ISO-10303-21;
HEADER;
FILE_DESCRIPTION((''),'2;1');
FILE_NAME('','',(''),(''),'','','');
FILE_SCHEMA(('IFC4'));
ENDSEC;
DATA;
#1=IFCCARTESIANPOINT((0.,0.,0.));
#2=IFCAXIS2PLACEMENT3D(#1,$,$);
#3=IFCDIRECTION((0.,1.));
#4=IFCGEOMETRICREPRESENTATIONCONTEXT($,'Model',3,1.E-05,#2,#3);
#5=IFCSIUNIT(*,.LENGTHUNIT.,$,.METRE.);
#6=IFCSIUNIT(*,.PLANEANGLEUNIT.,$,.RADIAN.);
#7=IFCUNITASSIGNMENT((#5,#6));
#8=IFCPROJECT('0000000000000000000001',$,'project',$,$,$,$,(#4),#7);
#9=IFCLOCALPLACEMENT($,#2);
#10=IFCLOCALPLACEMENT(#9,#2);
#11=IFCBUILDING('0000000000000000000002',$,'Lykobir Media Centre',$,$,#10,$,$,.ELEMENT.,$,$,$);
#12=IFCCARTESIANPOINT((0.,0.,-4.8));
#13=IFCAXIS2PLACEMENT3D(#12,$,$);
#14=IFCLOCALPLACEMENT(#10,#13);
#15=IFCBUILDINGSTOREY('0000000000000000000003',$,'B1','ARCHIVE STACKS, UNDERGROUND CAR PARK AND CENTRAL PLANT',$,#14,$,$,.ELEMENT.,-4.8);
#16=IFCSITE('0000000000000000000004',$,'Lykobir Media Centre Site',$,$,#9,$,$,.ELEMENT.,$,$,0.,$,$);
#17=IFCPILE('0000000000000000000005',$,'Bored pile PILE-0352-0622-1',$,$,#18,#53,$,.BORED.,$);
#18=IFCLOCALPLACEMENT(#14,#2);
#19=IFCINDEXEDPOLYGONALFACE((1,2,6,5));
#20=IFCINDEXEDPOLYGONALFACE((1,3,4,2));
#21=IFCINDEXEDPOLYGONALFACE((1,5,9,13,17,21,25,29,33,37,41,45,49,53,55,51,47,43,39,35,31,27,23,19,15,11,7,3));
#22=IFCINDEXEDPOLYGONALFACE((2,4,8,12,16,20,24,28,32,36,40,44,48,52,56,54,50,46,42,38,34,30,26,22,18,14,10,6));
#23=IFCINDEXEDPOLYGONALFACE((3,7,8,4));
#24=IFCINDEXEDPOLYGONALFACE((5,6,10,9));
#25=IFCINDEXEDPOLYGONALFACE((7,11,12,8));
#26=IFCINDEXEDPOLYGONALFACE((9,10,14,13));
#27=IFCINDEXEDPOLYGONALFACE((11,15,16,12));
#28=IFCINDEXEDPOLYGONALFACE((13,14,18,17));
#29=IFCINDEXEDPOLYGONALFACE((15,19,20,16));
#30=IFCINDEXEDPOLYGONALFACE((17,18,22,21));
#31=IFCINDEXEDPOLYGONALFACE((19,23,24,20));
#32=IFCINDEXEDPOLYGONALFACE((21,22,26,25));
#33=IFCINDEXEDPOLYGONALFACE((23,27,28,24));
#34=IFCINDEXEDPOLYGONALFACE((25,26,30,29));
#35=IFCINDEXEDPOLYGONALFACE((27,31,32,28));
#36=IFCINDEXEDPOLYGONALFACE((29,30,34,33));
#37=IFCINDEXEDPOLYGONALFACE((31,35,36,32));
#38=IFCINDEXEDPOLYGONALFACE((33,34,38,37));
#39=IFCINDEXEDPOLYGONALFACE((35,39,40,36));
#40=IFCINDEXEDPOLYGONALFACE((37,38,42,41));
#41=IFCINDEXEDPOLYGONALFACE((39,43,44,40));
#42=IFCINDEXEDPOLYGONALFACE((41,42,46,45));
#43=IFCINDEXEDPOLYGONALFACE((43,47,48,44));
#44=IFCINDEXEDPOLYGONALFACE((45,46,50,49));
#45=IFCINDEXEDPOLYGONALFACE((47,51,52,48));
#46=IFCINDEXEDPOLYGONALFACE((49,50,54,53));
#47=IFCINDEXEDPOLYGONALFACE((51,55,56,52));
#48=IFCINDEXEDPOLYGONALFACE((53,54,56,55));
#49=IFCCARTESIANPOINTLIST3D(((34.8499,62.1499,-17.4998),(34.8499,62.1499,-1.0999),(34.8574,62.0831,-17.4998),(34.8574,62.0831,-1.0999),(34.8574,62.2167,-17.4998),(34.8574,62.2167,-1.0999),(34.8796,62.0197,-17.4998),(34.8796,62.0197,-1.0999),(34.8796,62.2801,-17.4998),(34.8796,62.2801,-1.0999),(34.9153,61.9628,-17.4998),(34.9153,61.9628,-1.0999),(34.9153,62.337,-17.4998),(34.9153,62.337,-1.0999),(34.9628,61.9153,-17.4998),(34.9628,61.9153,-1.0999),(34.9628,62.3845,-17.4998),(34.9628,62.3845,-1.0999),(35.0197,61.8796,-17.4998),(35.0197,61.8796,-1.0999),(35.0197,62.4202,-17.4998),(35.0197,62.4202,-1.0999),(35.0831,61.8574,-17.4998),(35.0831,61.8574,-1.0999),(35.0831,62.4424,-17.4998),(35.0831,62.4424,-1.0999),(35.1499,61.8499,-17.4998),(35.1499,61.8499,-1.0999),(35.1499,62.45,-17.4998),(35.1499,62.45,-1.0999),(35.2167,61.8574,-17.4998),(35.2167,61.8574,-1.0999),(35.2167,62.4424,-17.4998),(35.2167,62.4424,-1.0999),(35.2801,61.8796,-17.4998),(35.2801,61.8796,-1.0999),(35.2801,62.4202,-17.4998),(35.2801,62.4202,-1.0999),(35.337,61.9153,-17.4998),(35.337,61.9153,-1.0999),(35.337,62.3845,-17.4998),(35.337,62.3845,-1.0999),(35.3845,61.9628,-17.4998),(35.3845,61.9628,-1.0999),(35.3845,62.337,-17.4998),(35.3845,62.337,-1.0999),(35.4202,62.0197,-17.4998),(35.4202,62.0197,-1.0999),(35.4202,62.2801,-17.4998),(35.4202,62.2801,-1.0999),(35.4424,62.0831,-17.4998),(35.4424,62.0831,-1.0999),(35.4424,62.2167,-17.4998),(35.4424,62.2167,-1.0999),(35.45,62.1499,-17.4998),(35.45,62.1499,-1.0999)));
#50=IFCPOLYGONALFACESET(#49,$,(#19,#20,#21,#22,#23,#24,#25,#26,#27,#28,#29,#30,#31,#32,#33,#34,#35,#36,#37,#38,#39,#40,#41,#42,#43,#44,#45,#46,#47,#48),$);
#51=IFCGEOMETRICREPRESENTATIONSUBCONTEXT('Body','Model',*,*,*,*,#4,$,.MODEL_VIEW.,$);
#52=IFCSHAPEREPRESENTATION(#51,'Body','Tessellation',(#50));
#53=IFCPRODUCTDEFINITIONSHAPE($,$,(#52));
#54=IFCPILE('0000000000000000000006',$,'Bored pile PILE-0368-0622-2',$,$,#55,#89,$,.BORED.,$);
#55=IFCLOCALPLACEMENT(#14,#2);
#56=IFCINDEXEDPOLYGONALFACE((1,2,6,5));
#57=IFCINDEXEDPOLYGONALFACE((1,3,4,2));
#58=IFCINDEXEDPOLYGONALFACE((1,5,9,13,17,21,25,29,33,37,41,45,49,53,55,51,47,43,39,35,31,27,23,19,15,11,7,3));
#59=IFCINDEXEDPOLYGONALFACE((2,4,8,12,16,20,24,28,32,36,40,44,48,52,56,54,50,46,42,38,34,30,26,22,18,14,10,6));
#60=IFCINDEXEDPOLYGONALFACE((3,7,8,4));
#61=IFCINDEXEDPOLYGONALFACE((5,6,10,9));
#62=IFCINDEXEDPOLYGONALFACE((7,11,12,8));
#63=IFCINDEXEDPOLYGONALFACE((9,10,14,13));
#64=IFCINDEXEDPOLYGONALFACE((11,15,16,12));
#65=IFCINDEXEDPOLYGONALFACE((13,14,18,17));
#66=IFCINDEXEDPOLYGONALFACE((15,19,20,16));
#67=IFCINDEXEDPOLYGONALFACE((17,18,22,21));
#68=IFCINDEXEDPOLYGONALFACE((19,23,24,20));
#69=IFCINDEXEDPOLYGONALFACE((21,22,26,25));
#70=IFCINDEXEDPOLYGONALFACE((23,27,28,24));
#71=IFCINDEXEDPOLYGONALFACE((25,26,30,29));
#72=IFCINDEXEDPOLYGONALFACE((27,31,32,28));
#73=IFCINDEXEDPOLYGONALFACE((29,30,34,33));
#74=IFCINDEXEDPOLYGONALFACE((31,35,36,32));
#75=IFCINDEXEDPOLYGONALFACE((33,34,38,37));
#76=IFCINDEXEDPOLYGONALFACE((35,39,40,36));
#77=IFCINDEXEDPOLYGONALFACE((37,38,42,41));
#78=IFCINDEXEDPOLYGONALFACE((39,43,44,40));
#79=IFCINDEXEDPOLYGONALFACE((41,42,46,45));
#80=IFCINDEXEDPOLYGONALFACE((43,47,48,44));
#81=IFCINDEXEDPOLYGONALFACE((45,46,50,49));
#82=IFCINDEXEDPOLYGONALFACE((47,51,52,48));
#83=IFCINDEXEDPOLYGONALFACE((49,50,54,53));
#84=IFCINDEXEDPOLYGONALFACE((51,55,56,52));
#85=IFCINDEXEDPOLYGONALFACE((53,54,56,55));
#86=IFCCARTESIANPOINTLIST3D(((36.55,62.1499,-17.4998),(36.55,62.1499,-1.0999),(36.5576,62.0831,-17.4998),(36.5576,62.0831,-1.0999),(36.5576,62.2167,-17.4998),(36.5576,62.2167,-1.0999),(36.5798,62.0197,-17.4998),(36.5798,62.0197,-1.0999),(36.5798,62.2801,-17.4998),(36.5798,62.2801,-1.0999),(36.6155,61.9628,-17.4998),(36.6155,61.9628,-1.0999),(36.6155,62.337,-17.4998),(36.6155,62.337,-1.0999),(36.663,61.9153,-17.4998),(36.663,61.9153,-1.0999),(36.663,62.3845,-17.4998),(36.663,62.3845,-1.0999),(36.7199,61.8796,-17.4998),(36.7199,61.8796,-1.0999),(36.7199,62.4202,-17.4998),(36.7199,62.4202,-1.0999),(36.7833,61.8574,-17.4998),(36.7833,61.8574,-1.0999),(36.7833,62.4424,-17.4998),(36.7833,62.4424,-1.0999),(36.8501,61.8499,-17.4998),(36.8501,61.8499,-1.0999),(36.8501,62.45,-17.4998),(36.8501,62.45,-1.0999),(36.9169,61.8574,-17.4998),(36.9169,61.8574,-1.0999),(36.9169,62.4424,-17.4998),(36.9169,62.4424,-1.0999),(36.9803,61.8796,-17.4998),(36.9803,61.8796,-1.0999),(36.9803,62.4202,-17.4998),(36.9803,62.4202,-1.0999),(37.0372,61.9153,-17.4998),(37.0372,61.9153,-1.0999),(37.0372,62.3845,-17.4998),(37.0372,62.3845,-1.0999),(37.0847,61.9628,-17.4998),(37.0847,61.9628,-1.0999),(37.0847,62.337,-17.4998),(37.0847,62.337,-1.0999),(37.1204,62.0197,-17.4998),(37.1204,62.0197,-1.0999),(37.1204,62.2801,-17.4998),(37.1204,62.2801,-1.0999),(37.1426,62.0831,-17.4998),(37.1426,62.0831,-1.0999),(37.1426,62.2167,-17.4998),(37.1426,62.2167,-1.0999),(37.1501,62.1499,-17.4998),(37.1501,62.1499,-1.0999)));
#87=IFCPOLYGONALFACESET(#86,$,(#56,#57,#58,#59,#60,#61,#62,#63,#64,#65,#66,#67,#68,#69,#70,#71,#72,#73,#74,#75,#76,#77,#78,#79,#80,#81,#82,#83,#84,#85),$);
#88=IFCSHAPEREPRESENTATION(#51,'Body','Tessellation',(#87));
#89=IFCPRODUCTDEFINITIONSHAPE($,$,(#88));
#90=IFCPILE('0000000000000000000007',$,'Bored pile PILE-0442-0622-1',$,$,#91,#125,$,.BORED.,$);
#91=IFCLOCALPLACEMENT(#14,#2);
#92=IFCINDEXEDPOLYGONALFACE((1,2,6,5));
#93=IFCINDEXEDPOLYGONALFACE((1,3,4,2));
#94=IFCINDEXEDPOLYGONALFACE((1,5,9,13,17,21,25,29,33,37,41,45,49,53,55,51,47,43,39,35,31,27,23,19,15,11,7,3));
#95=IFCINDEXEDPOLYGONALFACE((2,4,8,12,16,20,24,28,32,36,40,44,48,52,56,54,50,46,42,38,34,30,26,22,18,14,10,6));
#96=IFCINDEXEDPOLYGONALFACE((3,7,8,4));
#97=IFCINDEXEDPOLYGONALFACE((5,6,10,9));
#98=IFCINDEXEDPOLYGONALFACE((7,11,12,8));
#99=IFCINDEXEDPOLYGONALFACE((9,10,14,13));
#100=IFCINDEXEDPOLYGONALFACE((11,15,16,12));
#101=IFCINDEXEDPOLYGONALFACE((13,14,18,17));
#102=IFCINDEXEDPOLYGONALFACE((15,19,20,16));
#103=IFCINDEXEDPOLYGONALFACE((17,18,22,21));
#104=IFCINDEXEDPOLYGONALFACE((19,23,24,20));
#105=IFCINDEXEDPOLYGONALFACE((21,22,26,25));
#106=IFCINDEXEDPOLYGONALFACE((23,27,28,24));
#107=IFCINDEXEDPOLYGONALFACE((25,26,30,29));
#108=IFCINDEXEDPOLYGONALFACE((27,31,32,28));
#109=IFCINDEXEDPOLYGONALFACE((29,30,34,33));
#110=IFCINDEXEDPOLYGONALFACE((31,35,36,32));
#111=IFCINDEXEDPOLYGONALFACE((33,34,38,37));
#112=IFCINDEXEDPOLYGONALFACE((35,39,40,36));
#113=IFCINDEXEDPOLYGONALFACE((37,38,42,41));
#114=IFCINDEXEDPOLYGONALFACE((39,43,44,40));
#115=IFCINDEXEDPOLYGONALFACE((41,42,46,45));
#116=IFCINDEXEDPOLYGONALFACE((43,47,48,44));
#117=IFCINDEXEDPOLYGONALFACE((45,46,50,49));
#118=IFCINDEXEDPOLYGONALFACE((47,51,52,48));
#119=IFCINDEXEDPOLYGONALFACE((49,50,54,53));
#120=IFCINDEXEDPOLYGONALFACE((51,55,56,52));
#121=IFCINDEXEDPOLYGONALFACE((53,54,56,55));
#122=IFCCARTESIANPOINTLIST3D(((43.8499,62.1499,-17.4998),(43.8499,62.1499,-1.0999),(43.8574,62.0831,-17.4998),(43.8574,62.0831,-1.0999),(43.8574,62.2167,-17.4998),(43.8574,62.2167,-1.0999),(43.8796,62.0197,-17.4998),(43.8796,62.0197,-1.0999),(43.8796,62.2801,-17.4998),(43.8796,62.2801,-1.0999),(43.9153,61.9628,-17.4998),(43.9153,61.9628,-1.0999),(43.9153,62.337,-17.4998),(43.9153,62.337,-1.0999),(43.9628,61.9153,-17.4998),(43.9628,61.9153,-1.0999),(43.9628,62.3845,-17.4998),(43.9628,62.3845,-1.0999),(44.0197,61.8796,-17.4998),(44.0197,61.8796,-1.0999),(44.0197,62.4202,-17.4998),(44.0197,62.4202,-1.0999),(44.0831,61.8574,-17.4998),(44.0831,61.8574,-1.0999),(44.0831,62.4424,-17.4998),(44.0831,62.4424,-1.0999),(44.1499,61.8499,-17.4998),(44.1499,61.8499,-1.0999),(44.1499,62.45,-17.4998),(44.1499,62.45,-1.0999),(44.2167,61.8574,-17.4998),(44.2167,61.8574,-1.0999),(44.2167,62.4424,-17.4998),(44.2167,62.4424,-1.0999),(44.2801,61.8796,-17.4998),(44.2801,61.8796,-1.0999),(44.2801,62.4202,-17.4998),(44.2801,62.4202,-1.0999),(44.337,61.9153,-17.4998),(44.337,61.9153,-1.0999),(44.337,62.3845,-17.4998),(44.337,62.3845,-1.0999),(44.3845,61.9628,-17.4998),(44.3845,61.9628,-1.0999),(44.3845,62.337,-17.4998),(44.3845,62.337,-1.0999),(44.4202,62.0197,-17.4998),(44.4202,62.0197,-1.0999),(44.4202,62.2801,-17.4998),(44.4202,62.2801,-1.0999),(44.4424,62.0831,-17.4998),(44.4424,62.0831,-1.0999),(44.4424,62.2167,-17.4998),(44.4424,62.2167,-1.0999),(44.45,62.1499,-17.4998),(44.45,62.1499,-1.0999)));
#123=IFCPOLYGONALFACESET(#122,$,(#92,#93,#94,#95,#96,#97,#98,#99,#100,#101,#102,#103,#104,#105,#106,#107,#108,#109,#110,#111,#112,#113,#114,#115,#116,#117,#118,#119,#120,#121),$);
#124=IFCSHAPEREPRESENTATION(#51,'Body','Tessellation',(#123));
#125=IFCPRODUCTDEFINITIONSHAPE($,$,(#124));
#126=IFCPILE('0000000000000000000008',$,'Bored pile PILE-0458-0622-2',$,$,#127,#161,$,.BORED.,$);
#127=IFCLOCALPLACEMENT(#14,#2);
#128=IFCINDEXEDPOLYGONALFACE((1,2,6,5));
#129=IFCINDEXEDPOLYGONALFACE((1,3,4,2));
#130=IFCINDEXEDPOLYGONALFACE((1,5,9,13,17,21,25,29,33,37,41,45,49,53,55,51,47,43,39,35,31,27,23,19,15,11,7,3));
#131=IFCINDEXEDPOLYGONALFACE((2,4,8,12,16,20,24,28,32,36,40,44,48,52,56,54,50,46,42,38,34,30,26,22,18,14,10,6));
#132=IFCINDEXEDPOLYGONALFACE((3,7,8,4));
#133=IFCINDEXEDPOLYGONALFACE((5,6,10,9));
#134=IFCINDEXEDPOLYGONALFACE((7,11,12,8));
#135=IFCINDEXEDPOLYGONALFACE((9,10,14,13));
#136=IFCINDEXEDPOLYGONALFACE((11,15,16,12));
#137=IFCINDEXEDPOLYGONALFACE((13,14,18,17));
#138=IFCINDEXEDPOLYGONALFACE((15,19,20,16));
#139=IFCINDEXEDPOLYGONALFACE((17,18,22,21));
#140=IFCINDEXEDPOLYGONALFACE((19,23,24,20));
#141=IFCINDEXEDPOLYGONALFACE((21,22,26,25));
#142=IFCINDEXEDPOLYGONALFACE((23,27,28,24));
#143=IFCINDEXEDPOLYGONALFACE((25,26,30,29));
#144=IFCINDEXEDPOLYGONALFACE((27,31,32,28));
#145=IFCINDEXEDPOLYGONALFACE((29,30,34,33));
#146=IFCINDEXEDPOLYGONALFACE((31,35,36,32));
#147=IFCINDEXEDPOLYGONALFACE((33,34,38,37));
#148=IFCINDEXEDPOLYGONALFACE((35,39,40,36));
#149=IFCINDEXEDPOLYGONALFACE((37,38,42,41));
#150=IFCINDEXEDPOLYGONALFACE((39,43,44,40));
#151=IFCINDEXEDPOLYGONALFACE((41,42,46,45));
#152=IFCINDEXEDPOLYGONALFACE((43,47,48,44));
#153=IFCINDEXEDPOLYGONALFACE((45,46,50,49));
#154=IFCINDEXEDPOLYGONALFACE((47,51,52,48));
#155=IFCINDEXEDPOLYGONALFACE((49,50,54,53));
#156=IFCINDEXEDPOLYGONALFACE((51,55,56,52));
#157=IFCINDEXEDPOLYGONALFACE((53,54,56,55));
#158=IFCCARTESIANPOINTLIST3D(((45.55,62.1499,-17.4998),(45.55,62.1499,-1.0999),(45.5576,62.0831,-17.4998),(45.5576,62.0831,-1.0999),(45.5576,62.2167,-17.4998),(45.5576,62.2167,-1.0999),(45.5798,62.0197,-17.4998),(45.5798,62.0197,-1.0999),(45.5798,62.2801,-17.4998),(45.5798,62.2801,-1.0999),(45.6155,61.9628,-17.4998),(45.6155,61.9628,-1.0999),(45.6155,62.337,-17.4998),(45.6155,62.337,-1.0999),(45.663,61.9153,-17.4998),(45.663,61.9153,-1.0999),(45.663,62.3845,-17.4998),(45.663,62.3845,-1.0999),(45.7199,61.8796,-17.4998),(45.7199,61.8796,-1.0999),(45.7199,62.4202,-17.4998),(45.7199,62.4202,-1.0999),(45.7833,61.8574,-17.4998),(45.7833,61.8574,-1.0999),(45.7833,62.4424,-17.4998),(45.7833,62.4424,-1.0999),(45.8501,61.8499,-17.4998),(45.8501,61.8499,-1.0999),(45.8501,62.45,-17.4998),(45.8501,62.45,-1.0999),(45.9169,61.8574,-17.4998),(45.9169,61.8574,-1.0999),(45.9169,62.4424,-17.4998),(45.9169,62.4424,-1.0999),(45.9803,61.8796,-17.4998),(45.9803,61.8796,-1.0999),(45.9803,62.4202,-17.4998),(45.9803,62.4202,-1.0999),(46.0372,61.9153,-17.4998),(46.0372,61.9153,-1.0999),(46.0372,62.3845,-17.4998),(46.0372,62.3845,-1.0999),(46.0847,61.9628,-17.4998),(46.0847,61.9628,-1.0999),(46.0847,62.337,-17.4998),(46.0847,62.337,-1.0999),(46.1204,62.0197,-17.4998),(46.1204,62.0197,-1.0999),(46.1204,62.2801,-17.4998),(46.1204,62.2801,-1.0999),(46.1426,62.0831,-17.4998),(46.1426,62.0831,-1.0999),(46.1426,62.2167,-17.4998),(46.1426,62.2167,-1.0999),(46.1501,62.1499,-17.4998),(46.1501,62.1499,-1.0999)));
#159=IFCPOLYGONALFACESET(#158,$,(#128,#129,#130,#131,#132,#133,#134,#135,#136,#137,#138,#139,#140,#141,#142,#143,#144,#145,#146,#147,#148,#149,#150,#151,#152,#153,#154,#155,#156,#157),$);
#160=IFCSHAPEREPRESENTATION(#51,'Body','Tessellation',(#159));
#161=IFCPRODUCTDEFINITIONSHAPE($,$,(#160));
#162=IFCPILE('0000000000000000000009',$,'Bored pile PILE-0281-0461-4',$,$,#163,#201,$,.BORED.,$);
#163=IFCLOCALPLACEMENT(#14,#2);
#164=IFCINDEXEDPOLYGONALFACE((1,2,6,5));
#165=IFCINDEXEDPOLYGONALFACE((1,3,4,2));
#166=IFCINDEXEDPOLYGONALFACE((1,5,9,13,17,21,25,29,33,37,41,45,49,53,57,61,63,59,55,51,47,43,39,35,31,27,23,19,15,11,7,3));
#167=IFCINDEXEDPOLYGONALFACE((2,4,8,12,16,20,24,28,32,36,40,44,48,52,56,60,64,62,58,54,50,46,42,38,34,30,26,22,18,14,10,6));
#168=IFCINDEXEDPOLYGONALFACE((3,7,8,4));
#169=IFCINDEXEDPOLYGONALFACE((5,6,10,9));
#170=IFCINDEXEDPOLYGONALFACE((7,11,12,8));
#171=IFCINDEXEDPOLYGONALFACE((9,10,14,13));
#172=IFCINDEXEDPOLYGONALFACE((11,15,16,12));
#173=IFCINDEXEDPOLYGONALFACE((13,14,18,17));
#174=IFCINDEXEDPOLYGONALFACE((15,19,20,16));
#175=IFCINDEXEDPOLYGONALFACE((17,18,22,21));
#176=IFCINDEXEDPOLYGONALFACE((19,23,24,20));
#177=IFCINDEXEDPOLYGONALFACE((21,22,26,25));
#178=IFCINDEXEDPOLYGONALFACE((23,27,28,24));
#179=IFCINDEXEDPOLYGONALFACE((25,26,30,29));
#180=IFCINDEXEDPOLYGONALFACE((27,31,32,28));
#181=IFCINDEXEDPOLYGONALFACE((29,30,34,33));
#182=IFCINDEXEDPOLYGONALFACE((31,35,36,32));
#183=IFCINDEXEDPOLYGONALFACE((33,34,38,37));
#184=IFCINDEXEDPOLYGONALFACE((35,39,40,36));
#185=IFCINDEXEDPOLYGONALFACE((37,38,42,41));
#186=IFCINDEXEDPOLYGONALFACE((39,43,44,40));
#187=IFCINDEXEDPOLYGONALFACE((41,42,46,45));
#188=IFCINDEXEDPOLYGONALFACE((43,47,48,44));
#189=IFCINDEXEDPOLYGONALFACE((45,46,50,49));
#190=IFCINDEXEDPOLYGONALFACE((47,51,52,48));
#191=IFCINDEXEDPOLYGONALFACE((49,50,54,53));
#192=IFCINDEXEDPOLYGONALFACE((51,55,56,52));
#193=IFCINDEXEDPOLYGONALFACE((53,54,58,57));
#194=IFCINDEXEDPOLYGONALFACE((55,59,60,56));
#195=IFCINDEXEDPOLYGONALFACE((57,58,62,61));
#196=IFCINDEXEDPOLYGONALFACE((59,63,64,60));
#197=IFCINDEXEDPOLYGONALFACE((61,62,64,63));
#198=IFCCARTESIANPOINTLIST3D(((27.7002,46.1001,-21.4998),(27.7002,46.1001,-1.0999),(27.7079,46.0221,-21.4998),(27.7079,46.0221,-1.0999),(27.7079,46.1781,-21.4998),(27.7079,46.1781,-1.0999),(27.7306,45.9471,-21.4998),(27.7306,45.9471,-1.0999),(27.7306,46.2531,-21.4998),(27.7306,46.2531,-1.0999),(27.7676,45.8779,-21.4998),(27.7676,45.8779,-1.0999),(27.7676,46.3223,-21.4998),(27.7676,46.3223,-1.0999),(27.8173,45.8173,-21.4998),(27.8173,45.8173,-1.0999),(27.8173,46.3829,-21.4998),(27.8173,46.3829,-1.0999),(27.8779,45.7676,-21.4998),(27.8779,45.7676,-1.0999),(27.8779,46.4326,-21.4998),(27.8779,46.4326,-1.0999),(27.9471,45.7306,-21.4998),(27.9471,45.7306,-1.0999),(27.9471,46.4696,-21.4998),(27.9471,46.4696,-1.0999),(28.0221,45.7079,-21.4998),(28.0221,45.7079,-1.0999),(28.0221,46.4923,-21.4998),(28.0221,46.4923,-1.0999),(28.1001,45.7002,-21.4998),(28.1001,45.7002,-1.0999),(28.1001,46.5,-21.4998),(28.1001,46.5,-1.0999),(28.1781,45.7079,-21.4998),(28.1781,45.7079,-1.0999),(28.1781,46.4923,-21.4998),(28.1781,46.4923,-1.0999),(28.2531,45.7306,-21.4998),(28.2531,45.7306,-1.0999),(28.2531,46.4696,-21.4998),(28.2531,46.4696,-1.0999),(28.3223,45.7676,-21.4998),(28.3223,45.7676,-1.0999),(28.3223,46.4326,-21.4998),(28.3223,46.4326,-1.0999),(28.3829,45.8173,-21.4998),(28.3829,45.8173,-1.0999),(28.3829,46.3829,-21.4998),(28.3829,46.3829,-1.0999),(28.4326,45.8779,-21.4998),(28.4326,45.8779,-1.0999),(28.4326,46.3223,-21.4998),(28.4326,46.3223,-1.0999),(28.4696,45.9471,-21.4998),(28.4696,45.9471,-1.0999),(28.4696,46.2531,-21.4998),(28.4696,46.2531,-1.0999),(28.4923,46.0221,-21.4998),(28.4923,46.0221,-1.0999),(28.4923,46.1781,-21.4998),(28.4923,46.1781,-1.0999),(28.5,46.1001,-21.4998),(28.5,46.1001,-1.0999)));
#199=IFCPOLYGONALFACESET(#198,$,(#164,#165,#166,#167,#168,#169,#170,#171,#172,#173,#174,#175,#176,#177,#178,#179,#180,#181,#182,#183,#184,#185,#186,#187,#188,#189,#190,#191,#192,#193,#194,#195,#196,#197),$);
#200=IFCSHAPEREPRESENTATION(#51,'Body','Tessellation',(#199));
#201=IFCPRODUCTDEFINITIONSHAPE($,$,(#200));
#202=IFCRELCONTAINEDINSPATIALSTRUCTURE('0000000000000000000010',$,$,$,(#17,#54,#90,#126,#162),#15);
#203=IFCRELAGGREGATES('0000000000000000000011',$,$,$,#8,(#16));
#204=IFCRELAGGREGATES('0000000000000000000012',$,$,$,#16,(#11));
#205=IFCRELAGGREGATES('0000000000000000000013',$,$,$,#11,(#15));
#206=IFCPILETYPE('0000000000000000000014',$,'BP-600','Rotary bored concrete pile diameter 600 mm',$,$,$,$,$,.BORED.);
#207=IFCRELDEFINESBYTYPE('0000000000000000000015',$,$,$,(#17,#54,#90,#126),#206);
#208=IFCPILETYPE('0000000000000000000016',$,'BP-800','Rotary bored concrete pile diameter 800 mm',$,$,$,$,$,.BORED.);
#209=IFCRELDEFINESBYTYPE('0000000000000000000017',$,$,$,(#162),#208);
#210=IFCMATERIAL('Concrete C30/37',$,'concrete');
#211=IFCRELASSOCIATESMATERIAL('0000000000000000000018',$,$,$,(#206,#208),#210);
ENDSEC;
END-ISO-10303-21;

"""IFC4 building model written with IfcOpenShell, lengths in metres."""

from ifc_helpers import new_model, si_unit, direction, frame, origin, origin_2d, place, context, subcontext, project, spatial, circle, extrude, material, material_profile, profile_set, type_object, element, save


model = new_model("IFC4")

# Units and contexts
model_context = context("Model", 3, precision=1e-05, world=origin(), true_north=direction((0.0, 1.0)))
body_context = subcontext(model_context, "Body", "Model", "MODEL_VIEW")
ifc_project = project(units=[si_unit("LENGTHUNIT", "METRE"), si_unit("PLANEANGLEUNIT", "RADIAN")], contexts=[model_context])

# Site, building, storey
site_placement = place(None, origin())
site = spatial("IfcSite", under=ifc_project, at=site_placement, Name="Lykobir Media Centre Site", CompositionType="ELEMENT", RefElevation=0.0)
building_placement = place(site_placement, origin())
building = spatial("IfcBuilding", under=site, at=building_placement, Name="Lykobir Media Centre", CompositionType="ELEMENT")
storey_placement = place(building_placement, frame((0.0, 0.0, -4.8)))
storey = spatial("IfcBuildingStorey", under=building, at=storey_placement, Name="B1", Description="ARCHIVE STACKS, UNDERGROUND CAR PARK AND CENTRAL PLANT", CompositionType="ELEMENT", Elevation=-4.8)

# Piles
ifc_material_1 = material(Name="Concrete C30/37", Category="concrete")
ifc_material_profile_1 = material_profile(ifc_material_1, circle(Radius=0.3, at=origin_2d()), Name="BORED PILE D600")
ifc_profile_set_1 = profile_set([ifc_material_profile_1], Name="Concrete C30/37")
pile_type_1 = type_object("IfcPileType", Name="BP-600", Description="Rotary bored concrete pile diameter 600 mm", PredefinedType="BORED", material=ifc_profile_set_1)
for number, where, z_axis, x_axis, name in (
    (1, (35.1499, 62.1499, -1.0999), (0.0, 0.0, -1.0), (1.0, 0.0, 0.0), "Bored pile PILE-0352-0622-1"),
    (2, (36.8501, 62.1499, -1.0999), (0.0, 0.0, -1.0), (1.0, 0.0, 0.0), "Bored pile PILE-0368-0622-2"),
    (3, (44.1499, 62.1499, -1.0999), (0.0, 0.0, -1.0), (1.0, 0.0, 0.0), "Bored pile PILE-0442-0622-1"),
    (4, (45.8501, 62.1499, -1.0999), (0.0, 0.0, -1.0), (1.0, 0.0, 0.0), "Bored pile PILE-0458-0622-2"),
):
    element("IfcPile", number, at=place(storey_placement, frame(where, z_axis=z_axis, x_axis=x_axis)), inside=storey, type_object=pile_type_1, Name=name, PredefinedType="BORED", context=body_context, shape_type="SweptSolid", body=[
        extrude(circle(Radius=0.3, at=origin_2d()), origin(), (0.0, 0.0, 1.0), 16.3999),
    ])
ifc_material_profile_2 = material_profile(ifc_material_1, circle(Radius=0.3999, at=origin_2d()), Name="BORED PILE D800")
ifc_profile_set_2 = profile_set([ifc_material_profile_2], Name="Concrete C30/37")
pile_type_2 = type_object("IfcPileType", Name="BP-800", Description="Rotary bored concrete pile diameter 800 mm", PredefinedType="BORED", material=ifc_profile_set_2)
pile_placement = place(storey_placement, frame((28.1001, 46.1001, -1.0999), z_axis=(0.0, 0.0, -1.0), x_axis=(1.0, 0.0, 0.0)))
element("IfcPile", 5, at=pile_placement, inside=storey, type_object=pile_type_2, Name="Bored pile PILE-0281-0461-4", PredefinedType="BORED", context=body_context, shape_type="SweptSolid", body=[
    extrude(circle(Radius=0.3999, at=origin_2d()), origin(), (0.0, 0.0, 1.0), 20.3999),
])

save(model, "model.ifc")
